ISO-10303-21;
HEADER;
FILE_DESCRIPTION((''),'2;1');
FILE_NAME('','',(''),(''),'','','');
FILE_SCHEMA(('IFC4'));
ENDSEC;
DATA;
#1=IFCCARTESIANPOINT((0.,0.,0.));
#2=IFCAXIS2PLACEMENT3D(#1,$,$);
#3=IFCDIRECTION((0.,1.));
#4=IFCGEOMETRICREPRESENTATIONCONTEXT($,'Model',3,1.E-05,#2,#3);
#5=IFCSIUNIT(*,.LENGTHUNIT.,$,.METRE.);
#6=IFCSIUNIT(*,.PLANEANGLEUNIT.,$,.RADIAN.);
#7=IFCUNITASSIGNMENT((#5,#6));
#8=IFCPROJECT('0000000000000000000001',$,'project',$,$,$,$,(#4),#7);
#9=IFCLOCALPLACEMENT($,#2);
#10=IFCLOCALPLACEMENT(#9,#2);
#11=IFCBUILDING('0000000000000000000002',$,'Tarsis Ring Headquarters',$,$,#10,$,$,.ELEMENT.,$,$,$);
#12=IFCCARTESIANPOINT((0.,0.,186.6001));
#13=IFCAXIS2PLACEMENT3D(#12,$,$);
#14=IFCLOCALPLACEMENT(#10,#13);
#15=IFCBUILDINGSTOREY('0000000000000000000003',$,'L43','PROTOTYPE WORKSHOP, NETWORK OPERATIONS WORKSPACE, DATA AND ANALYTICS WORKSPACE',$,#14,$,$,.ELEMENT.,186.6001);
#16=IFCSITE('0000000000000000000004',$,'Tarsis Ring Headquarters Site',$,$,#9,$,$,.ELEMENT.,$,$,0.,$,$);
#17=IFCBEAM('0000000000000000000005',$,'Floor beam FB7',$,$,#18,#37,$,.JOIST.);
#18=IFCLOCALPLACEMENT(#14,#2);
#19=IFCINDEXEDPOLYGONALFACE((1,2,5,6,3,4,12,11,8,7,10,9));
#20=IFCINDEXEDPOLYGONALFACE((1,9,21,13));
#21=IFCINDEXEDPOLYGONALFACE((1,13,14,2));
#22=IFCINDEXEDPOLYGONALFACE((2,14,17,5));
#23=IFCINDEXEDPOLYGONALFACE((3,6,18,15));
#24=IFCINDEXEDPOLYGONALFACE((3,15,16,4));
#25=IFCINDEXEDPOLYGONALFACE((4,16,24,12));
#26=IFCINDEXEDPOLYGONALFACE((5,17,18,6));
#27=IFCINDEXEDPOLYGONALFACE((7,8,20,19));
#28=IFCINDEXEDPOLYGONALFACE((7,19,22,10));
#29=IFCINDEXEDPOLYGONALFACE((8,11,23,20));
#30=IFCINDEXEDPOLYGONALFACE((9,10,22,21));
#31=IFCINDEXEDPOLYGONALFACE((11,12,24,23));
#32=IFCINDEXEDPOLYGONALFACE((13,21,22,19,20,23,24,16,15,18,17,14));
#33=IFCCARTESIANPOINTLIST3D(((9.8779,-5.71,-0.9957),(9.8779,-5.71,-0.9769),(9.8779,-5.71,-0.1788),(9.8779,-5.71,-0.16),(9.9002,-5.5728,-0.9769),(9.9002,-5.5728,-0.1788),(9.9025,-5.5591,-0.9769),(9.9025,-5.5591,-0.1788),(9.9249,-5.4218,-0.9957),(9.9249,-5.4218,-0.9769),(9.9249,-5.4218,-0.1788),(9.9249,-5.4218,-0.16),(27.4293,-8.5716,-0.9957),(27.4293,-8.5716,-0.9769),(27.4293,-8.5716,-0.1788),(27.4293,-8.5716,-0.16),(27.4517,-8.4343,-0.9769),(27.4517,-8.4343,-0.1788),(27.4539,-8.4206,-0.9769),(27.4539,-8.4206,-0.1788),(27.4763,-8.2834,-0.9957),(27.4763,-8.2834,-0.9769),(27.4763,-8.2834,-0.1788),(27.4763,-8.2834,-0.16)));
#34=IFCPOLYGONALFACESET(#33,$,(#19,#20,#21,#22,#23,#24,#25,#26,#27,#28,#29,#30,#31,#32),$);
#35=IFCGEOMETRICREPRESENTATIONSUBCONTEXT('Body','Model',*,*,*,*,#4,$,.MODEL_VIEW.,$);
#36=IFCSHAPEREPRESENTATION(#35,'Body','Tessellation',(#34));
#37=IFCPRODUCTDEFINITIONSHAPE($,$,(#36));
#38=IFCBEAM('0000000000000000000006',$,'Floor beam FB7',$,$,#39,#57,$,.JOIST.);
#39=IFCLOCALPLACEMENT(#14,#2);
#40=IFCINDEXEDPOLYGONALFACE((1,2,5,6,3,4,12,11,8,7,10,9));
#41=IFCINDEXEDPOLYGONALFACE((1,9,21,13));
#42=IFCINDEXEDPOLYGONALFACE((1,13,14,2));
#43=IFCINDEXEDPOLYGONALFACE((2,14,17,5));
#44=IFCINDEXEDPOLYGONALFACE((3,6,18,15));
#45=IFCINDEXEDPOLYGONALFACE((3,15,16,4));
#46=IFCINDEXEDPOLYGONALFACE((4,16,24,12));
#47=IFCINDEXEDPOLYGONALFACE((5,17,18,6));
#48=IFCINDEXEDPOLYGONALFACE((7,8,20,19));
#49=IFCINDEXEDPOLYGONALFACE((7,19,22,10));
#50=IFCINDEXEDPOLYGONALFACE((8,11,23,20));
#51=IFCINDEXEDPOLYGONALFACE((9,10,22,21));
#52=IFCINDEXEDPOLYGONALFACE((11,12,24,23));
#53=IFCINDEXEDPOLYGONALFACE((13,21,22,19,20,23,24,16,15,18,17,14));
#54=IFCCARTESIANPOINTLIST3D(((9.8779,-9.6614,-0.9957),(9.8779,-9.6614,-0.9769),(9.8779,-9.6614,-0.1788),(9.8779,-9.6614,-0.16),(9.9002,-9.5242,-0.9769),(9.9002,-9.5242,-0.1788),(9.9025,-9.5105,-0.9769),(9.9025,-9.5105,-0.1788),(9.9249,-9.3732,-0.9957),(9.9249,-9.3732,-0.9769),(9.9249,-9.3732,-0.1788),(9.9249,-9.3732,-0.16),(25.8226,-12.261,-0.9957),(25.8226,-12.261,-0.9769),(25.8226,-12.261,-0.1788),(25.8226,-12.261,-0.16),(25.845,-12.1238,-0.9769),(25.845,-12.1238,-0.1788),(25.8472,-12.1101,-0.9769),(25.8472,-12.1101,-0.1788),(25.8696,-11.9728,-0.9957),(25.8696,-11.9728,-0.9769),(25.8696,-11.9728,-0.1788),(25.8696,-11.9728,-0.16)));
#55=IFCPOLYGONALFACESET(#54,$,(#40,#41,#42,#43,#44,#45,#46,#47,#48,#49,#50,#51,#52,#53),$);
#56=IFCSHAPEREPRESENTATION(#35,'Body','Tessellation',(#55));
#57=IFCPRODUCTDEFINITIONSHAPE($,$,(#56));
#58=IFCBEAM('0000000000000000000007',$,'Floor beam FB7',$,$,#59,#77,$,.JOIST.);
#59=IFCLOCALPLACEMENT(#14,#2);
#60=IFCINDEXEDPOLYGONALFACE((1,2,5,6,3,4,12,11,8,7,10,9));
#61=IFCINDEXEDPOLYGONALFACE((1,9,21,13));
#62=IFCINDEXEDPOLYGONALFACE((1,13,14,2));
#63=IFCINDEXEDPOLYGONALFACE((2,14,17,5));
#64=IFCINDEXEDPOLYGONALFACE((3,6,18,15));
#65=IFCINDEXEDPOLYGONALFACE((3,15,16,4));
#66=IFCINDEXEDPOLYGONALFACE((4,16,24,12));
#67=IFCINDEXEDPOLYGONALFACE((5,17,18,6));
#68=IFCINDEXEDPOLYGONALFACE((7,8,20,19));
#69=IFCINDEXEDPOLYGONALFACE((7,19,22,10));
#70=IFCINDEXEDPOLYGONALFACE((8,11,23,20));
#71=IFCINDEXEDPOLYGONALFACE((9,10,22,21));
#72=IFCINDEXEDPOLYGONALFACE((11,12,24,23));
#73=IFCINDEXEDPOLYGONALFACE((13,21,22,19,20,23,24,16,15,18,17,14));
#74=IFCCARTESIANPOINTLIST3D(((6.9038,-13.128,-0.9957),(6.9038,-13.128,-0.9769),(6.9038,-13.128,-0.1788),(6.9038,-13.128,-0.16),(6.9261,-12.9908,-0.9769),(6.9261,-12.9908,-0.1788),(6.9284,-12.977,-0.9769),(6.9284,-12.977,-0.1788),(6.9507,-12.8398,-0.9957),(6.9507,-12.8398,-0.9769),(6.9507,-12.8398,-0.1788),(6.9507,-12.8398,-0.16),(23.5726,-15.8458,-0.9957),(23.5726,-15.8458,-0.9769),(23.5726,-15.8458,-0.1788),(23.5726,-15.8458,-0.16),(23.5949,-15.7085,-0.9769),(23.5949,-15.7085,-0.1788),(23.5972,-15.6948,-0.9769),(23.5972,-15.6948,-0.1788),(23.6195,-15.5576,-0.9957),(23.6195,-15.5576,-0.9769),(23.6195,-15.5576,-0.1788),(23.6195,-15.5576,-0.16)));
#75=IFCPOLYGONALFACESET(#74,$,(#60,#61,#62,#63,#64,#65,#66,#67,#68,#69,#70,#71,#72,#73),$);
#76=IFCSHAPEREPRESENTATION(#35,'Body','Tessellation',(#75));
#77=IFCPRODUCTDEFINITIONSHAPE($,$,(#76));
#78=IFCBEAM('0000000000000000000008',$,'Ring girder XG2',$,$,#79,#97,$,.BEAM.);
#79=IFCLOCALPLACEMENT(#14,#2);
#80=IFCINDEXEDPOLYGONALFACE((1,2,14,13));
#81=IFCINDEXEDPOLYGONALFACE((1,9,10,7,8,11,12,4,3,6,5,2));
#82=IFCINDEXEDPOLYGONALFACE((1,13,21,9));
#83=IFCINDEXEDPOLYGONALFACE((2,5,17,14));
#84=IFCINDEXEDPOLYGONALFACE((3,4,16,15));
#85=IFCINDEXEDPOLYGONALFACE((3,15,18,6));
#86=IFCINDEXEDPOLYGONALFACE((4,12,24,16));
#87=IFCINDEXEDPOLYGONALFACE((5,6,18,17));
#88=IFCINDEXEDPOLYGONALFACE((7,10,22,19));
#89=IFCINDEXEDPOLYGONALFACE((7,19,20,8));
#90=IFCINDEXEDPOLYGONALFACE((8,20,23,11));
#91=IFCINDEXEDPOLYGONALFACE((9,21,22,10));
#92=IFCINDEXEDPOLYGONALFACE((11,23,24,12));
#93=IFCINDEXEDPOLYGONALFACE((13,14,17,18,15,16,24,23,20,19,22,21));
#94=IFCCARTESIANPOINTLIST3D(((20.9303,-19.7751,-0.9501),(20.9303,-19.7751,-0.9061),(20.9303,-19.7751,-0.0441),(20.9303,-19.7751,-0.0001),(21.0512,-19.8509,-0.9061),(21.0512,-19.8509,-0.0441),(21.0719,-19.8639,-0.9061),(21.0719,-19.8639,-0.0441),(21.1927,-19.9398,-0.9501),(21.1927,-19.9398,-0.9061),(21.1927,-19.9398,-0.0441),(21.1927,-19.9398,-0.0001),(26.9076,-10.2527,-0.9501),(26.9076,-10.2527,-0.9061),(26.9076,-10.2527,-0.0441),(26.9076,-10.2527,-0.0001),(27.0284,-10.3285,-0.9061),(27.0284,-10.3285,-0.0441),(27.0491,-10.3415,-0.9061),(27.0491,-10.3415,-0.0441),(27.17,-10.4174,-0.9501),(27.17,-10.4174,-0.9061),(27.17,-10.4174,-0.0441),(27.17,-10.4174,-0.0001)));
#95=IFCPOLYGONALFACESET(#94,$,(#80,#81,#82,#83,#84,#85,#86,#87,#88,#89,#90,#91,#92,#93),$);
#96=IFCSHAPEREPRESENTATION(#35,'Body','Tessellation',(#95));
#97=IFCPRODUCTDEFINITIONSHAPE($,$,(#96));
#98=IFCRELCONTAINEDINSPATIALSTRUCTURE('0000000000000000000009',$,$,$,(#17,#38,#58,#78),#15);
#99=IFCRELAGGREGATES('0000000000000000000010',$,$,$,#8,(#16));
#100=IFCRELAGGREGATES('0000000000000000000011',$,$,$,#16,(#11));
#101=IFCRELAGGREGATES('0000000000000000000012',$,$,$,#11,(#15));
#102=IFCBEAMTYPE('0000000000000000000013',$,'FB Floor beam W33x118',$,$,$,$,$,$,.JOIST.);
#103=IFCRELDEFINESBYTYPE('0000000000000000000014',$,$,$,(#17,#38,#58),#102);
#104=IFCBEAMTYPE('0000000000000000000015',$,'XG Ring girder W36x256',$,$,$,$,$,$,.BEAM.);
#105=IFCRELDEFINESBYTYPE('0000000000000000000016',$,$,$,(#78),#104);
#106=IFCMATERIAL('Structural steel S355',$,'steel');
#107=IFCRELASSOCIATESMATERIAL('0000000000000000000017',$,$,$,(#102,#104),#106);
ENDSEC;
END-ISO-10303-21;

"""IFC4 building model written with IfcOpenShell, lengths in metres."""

from ifc_helpers import new_model, si_unit, direction, frame, origin, origin_2d, place, context, subcontext, project, spatial, i_section, extrude, material, material_profile, profile_set, type_object, element, save


model = new_model("IFC4")

# Units and contexts
model_context = context("Model", 3, precision=1e-05, world=origin(), true_north=direction((0.0, 1.0)))
body_context = subcontext(model_context, "Body", "Model", "MODEL_VIEW")
ifc_project = project(units=[si_unit("LENGTHUNIT", "METRE"), si_unit("PLANEANGLEUNIT", "RADIAN")], contexts=[model_context])

# Site, building, storey
site_placement = place(None, origin())
site = spatial("IfcSite", under=ifc_project, at=site_placement, Name="Tarsis Ring Headquarters Site", CompositionType="ELEMENT", RefElevation=0.0)
building_placement = place(site_placement, origin())
building = spatial("IfcBuilding", under=site, at=building_placement, Name="Tarsis Ring Headquarters", CompositionType="ELEMENT")
storey_placement = place(building_placement, frame((0.0, 0.0, 186.6001)))
storey = spatial("IfcBuildingStorey", under=building, at=storey_placement, Name="L43", Description="PROTOTYPE WORKSHOP, NETWORK OPERATIONS WORKSPACE, DATA AND ANALYTICS WORKSPACE", CompositionType="ELEMENT", Elevation=186.6001)

# Beams
ifc_material_1 = material(Name="Structural steel S355", Category="steel")
ifc_material_profile_1 = material_profile(ifc_material_1, i_section(OverallWidth=0.292, OverallDepth=0.8357, WebThickness=0.0139, FlangeThickness=0.0188, at=origin_2d()), Name="W33x118")
ifc_profile_set_1 = profile_set([ifc_material_profile_1], Name="Structural steel S355")
beam_type_1 = type_object("IfcBeamType", Name="FB Floor beam W33x118", PredefinedType="JOIST", material=ifc_profile_set_1)
beam_1_placement = place(storey_placement, frame((9.9014, -5.5659, -0.5779), z_axis=(0.986968, -0.160914, 0.0), x_axis=(0.160914, 0.986968, 0.0)))
element("IfcBeam", 1, at=beam_1_placement, inside=storey, type_object=beam_type_1, Name="Floor beam FB7", PredefinedType="JOIST", context=body_context, shape_type="SweptSolid", body=[
    extrude(i_section(OverallWidth=0.292, OverallDepth=0.8357, WebThickness=0.0139, FlangeThickness=0.0188, at=origin_2d()), origin(), (0.0, 0.0, 1.0), 17.7832),
])
beam_2_placement = place(storey_placement, frame((9.9014, -9.5173, -0.5779), z_axis=(0.986969, -0.160913, 0.0), x_axis=(0.160913, 0.986969, 0.0)))
element("IfcBeam", 2, at=beam_2_placement, inside=storey, type_object=beam_type_1, Name="Floor beam FB7", PredefinedType="JOIST", context=body_context, shape_type="SweptSolid", body=[
    extrude(i_section(OverallWidth=0.292, OverallDepth=0.8357, WebThickness=0.0139, FlangeThickness=0.0188, at=origin_2d()), origin(), (0.0, 0.0, 1.0), 16.1553),
])
beam_3_placement = place(storey_placement, frame((6.9272, -12.9839, -0.5779), z_axis=(0.986967, -0.160922, 0.0), x_axis=(0.160922, 0.986967, 0.0)))
element("IfcBeam", 3, at=beam_3_placement, inside=storey, type_object=beam_type_1, Name="Floor beam FB7", PredefinedType="JOIST", context=body_context, shape_type="SweptSolid", body=[
    extrude(i_section(OverallWidth=0.292, OverallDepth=0.8357, WebThickness=0.0139, FlangeThickness=0.0188, at=origin_2d()), origin(), (0.0, 0.0, 1.0), 16.8889),
])
ifc_material_profile_2 = material_profile(ifc_material_1, i_section(OverallWidth=0.3098, OverallDepth=0.95, WebThickness=0.0244, FlangeThickness=0.0439, at=origin_2d()), Name="W36x256")
ifc_profile_set_2 = profile_set([ifc_material_profile_2], Name="Structural steel S355")
beam_type_2 = type_object("IfcBeamType", Name="XG Ring girder W36x256", PredefinedType="BEAM", material=ifc_profile_set_2)
beam_4_placement = place(storey_placement, frame((21.0615, -19.8574, -0.4751), z_axis=(0.531645, 0.846967, 0.0), x_axis=(-0.846967, 0.531645, 0.0)))
element("IfcBeam", 4, at=beam_4_placement, inside=storey, type_object=beam_type_2, Name="Ring girder XG2", PredefinedType="BEAM", context=body_context, shape_type="SweptSolid", body=[
    extrude(i_section(OverallWidth=0.3098, OverallDepth=0.95, WebThickness=0.0244, FlangeThickness=0.0439, at=origin_2d()), origin(), (0.0, 0.0, 1.0), 11.2429),
])

save(model, "model.ifc")
